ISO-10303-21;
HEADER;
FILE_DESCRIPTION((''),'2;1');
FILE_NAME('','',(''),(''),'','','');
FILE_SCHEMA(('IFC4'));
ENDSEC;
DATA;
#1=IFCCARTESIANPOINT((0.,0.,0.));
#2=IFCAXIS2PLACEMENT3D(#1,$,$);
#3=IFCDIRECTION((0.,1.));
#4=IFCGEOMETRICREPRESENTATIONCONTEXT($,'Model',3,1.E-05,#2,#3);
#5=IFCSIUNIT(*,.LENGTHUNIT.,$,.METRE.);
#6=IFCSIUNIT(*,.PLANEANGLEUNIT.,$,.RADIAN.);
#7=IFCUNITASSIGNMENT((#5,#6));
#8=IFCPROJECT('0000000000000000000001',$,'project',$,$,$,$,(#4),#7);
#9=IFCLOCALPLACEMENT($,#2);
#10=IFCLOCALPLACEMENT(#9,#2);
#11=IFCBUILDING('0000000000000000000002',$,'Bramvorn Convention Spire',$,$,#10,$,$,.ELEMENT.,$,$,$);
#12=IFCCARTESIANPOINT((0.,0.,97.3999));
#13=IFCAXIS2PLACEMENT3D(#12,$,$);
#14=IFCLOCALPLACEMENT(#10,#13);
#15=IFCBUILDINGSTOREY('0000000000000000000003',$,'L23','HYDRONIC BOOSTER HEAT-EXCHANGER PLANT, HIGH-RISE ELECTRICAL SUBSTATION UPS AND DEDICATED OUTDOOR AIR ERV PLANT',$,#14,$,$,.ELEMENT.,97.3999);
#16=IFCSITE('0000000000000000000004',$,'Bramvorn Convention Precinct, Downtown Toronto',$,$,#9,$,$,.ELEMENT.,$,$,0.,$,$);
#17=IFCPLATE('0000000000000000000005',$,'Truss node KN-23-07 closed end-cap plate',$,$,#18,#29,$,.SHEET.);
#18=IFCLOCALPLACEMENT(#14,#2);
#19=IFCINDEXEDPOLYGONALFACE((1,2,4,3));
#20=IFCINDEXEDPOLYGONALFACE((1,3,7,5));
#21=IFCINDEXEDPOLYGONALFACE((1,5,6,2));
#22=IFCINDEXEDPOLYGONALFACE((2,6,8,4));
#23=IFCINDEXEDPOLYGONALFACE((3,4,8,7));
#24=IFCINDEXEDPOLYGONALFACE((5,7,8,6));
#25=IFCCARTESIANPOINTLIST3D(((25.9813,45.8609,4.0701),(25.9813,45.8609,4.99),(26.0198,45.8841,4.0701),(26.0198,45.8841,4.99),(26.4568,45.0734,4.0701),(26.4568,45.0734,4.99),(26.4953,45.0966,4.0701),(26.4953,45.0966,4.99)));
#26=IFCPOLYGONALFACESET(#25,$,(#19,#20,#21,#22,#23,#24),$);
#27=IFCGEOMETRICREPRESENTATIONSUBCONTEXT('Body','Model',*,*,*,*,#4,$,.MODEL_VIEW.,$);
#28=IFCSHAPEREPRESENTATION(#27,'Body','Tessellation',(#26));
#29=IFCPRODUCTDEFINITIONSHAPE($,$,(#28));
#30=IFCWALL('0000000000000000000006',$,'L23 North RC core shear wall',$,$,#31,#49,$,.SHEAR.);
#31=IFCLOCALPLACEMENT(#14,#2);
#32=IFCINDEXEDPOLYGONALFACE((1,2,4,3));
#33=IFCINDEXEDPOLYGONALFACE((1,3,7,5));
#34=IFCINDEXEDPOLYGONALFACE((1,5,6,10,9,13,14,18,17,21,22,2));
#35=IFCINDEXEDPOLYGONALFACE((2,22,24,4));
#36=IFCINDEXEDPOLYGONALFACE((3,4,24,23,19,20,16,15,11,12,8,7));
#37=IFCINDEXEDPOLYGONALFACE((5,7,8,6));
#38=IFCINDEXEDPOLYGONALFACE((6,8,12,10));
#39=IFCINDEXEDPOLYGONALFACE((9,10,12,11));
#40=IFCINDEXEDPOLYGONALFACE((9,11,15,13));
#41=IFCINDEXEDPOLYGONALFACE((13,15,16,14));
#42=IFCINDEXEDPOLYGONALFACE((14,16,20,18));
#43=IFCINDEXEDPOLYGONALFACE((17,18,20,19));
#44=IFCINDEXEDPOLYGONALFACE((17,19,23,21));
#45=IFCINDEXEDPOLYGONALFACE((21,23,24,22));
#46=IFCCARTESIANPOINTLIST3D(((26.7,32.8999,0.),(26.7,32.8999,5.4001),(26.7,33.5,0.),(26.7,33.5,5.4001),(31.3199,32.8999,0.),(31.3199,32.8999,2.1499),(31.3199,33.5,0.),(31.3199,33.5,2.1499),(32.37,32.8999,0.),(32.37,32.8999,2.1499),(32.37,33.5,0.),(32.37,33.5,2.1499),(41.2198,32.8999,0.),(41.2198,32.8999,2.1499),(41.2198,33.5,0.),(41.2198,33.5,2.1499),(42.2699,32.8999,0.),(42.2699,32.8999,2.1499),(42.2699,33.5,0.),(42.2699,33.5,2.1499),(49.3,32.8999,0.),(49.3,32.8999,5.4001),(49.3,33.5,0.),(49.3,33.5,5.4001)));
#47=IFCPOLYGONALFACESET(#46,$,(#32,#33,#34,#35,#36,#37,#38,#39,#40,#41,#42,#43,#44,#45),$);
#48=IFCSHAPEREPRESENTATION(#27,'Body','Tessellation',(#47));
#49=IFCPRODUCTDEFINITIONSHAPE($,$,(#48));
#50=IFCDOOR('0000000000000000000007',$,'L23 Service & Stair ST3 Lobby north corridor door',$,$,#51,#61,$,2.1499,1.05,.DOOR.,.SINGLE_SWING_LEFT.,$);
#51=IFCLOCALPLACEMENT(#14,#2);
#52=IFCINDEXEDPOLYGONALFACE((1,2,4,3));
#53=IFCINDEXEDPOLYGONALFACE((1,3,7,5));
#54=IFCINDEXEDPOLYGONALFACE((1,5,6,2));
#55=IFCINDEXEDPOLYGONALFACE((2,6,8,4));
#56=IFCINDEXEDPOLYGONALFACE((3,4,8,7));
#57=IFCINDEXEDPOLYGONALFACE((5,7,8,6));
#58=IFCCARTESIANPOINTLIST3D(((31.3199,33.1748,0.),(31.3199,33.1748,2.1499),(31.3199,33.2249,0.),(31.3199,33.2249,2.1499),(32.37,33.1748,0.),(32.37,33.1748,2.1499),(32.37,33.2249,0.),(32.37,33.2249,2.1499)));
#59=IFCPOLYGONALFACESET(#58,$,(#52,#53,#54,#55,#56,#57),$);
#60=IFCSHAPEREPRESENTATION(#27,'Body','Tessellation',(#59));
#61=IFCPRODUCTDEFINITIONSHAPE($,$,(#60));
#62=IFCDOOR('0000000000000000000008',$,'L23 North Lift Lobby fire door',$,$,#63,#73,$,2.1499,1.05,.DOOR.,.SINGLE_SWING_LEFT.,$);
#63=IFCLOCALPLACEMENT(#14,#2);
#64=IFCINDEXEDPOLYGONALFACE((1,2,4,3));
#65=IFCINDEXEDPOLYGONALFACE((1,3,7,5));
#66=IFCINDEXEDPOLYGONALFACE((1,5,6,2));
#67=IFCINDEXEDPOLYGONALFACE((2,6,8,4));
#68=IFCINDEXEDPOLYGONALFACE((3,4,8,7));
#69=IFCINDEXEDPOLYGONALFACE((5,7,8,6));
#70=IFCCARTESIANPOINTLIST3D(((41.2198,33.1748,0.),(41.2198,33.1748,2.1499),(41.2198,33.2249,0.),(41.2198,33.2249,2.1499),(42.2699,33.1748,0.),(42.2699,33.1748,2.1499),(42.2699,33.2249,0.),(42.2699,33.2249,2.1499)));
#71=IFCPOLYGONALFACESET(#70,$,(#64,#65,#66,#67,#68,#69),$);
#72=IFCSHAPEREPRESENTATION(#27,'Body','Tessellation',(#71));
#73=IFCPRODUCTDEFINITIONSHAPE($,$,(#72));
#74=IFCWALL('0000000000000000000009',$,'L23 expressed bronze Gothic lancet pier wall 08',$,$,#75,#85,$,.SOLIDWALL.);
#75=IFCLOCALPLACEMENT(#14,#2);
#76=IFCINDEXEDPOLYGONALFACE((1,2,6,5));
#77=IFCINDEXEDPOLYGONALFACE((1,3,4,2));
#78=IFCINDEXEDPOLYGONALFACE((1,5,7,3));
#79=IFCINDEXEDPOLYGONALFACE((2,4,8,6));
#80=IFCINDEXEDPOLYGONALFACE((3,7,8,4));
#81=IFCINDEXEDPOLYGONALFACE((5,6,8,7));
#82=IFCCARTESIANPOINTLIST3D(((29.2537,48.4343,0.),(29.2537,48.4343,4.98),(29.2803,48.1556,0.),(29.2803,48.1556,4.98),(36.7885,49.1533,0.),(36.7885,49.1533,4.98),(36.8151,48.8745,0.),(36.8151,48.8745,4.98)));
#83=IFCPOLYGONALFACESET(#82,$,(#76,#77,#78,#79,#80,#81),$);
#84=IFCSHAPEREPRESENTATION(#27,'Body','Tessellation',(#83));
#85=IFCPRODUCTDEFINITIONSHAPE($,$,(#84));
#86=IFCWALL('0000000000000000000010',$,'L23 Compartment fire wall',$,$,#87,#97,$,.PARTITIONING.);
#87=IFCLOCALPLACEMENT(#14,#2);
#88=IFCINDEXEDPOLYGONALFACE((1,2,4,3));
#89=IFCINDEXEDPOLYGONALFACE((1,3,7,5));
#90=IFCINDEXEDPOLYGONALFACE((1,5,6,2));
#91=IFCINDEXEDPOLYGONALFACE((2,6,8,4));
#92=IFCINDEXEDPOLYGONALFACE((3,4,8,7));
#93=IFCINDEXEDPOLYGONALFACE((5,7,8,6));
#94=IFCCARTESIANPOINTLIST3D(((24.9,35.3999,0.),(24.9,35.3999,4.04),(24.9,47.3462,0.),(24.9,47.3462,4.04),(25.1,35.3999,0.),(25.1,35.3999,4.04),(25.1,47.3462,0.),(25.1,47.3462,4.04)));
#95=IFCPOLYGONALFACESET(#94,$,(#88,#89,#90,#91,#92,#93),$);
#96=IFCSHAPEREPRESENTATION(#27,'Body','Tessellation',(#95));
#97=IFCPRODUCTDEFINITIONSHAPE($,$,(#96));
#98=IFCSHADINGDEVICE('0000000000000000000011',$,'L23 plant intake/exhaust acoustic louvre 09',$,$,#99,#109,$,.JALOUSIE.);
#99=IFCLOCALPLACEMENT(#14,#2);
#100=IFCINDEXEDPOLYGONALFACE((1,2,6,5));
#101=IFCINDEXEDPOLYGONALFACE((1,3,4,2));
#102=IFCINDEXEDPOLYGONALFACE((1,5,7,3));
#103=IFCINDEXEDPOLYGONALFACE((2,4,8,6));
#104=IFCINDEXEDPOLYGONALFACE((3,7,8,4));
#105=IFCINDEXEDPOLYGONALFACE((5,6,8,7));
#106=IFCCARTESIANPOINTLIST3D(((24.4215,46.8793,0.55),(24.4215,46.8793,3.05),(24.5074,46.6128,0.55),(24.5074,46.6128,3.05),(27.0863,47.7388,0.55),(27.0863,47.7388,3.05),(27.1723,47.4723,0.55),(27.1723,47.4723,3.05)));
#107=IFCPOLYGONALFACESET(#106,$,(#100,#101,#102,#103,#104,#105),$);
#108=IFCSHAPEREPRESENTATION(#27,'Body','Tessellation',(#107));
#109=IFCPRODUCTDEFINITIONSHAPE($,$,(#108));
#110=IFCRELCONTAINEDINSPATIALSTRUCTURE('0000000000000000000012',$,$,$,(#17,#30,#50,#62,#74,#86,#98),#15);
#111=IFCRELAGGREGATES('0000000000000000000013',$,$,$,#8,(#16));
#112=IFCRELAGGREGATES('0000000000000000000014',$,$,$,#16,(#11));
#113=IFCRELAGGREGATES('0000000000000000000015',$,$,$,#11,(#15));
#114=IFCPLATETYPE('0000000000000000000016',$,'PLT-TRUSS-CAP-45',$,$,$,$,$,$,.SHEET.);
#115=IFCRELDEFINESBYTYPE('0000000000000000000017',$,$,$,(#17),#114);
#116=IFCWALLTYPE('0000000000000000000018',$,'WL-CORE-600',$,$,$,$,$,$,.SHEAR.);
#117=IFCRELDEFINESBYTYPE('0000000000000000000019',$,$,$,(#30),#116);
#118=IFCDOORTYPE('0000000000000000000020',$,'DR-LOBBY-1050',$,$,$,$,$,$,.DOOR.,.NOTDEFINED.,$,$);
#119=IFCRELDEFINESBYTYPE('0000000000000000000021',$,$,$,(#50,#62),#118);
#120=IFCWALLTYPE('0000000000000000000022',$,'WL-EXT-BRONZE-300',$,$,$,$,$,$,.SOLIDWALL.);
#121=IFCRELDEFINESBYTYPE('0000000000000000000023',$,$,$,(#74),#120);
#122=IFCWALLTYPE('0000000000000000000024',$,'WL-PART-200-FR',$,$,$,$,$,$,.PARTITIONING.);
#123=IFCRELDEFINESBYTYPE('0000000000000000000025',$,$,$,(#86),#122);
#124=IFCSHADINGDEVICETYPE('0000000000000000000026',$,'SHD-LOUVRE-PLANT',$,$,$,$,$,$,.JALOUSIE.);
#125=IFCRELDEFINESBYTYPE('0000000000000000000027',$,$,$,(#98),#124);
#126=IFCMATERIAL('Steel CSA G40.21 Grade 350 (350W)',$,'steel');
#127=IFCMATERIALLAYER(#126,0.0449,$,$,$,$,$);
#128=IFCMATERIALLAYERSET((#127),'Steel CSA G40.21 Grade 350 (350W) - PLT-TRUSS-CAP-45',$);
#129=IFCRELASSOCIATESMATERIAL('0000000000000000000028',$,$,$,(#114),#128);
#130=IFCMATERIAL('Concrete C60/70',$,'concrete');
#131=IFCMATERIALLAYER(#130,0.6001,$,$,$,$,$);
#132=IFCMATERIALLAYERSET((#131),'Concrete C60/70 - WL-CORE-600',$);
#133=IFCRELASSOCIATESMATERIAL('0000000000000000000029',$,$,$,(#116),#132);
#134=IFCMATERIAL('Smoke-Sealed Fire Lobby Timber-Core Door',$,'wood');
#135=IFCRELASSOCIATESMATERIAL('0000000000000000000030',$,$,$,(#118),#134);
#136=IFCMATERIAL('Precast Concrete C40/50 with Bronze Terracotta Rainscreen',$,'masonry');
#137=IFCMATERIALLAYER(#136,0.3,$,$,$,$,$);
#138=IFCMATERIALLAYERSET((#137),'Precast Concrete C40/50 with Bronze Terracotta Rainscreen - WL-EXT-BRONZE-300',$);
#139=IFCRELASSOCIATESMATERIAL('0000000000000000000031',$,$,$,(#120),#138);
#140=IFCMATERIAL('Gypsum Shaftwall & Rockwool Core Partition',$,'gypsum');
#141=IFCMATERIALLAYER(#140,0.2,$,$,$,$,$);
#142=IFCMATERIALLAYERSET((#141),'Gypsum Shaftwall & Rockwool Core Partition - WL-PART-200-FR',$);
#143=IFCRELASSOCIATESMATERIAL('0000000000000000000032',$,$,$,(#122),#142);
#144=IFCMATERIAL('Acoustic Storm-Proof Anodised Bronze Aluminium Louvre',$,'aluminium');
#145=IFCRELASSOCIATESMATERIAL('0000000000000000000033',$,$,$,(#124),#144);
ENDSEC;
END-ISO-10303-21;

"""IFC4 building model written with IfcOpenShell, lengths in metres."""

from ifc_helpers import new_model, si_unit, direction, frame, frame_2d, origin, origin_2d, place, context, subcontext, project, spatial, rectangle, extrude, material, layer, layer_set, type_object, element, fill, save


model = new_model("IFC4")

# Units and contexts
model_context = context("Model", 3, precision=1e-05, world=origin(), true_north=direction((0.0, 1.0)))
body_context = subcontext(model_context, "Body", "Model", "MODEL_VIEW")
ifc_project = project(units=[si_unit("LENGTHUNIT", "METRE"), si_unit("PLANEANGLEUNIT", "RADIAN")], contexts=[model_context])

# Site, building, storey
site_placement = place(None, origin())
site = spatial("IfcSite", under=ifc_project, at=site_placement, Name="Bramvorn Convention Precinct, Downtown Toronto", CompositionType="ELEMENT", RefElevation=0.0)
building_placement = place(site_placement, origin())
building = spatial("IfcBuilding", under=site, at=building_placement, Name="Bramvorn Convention Spire", CompositionType="ELEMENT")
storey_placement = place(building_placement, frame((0.0, 0.0, 97.3999)))
storey = spatial("IfcBuildingStorey", under=building, at=storey_placement, Name="L23", Description="HYDRONIC BOOSTER HEAT-EXCHANGER PLANT, HIGH-RISE ELECTRICAL SUBSTATION UPS AND DEDICATED OUTDOOR AIR ERV PLANT", CompositionType="ELEMENT", Elevation=97.3999)

# Shared definitions
ifc_material_1 = material(Name="Steel CSA G40.21 Grade 350 (350W)", Category="steel")

# Plate
ifc_layer_1 = layer(ifc_material_1, 0.0449)
ifc_layer_set_1 = layer_set([ifc_layer_1], Name="Steel CSA G40.21 Grade 350 (350W) - PLT-TRUSS-CAP-45")
plate_type_1 = type_object("IfcPlateType", Name="PLT-TRUSS-CAP-45", PredefinedType="SHEET", material=ifc_layer_set_1)
plate_1_placement = place(storey_placement, frame((26.2383, 45.4788, 4.0701), z_axis=(0.0, 0.0, 1.0), x_axis=(-0.516904, 0.856044, 0.0)))
element("IfcPlate", 1, at=plate_1_placement, inside=storey, type_object=plate_type_1, Name="Truss node KN-23-07 closed end-cap plate", PredefinedType="SHEET", context=body_context, shape_type="SweptSolid", body=[
    extrude(rectangle(XDim=0.9199, YDim=0.0449, at=origin_2d()), origin(), (0.0, 0.0, 1.0), 0.9199),
])

# Wall, openings, doors
ifc_material_2 = material(Name="Concrete C60/70", Category="concrete")
ifc_layer_2 = layer(ifc_material_2, 0.6001)
ifc_layer_set_2 = layer_set([ifc_layer_2], Name="Concrete C60/70 - WL-CORE-600")
wall_type_1 = type_object("IfcWallType", Name="WL-CORE-600", PredefinedType="SHEAR", material=ifc_layer_set_2)
wall_1_placement = place(storey_placement, frame((26.7, 33.2, 0.0), z_axis=(0.0, 0.0, 1.0), x_axis=(1.0, 0.0, 0.0)))
wall_1 = element("IfcWall", 2, at=wall_1_placement, inside=storey, type_object=wall_type_1, Name="L23 North RC core shear wall", PredefinedType="SHEAR", context=body_context, shape_type="SweptSolid", body=[
    extrude(rectangle(XDim=22.6001, YDim=0.6001, at=frame_2d((11.3, 0.0))), origin(), (0.0, 0.0, 1.0), 5.4001),
])
opening_1_placement = place(wall_1_placement, frame((4.6201, 0.0, 0.0)))
opening_1 = element("IfcOpeningElement", 3, at=opening_1_placement, cuts=wall_1, PredefinedType="OPENING", context=body_context, shape_type="SweptSolid", body=[
    extrude(rectangle(XDim=1.05, YDim=2.1499, at=frame_2d((0.5249, 1.075))), frame((0.0, 0.3101, 0.0), z_axis=(0.0, -1.0, 0.0), x_axis=(1.0, 0.0, 0.0)), (0.0, 0.0, 1.0), 0.6201),
])
opening_2_placement = place(wall_1_placement, frame((14.52, 0.0, 0.0)))
opening_2 = element("IfcOpeningElement", 4, at=opening_2_placement, cuts=wall_1, PredefinedType="OPENING", context=body_context, shape_type="SweptSolid", body=[
    extrude(rectangle(XDim=1.05, YDim=2.1499, at=frame_2d((0.5249, 1.075))), frame((0.0, 0.3101, 0.0), z_axis=(0.0, -1.0, 0.0), x_axis=(1.0, 0.0, 0.0)), (0.0, 0.0, 1.0), 0.6201),
])
ifc_material_3 = material(Name="Smoke-Sealed Fire Lobby Timber-Core Door", Category="wood")
door_type_1 = type_object("IfcDoorType", Name="DR-LOBBY-1050", OperationType="NOTDEFINED", PredefinedType="DOOR", material=ifc_material_3)
door_1_placement = place(opening_1_placement, origin())
door_1 = element("IfcDoor", 5, at=door_1_placement, inside=storey, type_object=door_type_1, Name="L23 Service & Stair ST3 Lobby north corridor door", OperationType="SINGLE_SWING_LEFT", OverallHeight=2.1499, OverallWidth=1.05, PredefinedType="DOOR", context=body_context, shape_type="SweptSolid", body=[
    extrude(rectangle(XDim=1.05, YDim=2.1499, at=frame_2d((0.5249, 1.075))), frame((0.0, 0.0249, 0.0), z_axis=(0.0, -1.0, 0.0), x_axis=(1.0, 0.0, 0.0)), (0.0, 0.0, 1.0), 0.05),
])
fill(opening_1, door_1)
door_2_placement = place(opening_2_placement, origin())
door_2 = element("IfcDoor", 6, at=door_2_placement, inside=storey, type_object=door_type_1, Name="L23 North Lift Lobby fire door", OperationType="SINGLE_SWING_LEFT", OverallHeight=2.1499, OverallWidth=1.05, PredefinedType="DOOR", context=body_context, shape_type="SweptSolid", body=[
    extrude(rectangle(XDim=1.05, YDim=2.1499, at=frame_2d((0.5249, 1.075))), frame((0.0, 0.0249, 0.0), z_axis=(0.0, -1.0, 0.0), x_axis=(1.0, 0.0, 0.0)), (0.0, 0.0, 1.0), 0.05),
])
fill(opening_2, door_2)

# Walls
ifc_material_4 = material(Name="Precast Concrete C40/50 with Bronze Terracotta Rainscreen", Category="masonry")
ifc_layer_3 = layer(ifc_material_4, 0.3)
ifc_layer_set_3 = layer_set([ifc_layer_3], Name="Precast Concrete C40/50 with Bronze Terracotta Rainscreen - WL-EXT-BRONZE-300")
wall_type_2 = type_object("IfcWallType", Name="WL-EXT-BRONZE-300", PredefinedType="SOLIDWALL", material=ifc_layer_set_3)
wall_2_placement = place(storey_placement, frame((29.2668, 48.2949, 0.0), z_axis=(0.0, 0.0, 1.0), x_axis=(0.995478, 0.09499, 0.0)))
element("IfcWall", 7, at=wall_2_placement, inside=storey, type_object=wall_type_2, Name="L23 expressed bronze Gothic lancet pier wall 08", PredefinedType="SOLIDWALL", context=body_context, shape_type="SweptSolid", body=[
    extrude(rectangle(XDim=7.5691, YDim=0.28, at=frame_2d((3.7847, 0.0))), origin(), (0.0, 0.0, 1.0), 4.98),
])
ifc_material_5 = material(Name="Gypsum Shaftwall & Rockwool Core Partition", Category="gypsum")
ifc_layer_4 = layer(ifc_material_5, 0.2)
ifc_layer_set_4 = layer_set([ifc_layer_4], Name="Gypsum Shaftwall & Rockwool Core Partition - WL-PART-200-FR")
wall_type_3 = type_object("IfcWallType", Name="WL-PART-200-FR", PredefinedType="PARTITIONING", material=ifc_layer_set_4)
wall_3_placement = place(storey_placement, frame((25.0, 35.3999, 0.0), z_axis=(0.0, 0.0, 1.0), x_axis=(0.0, 1.0, 0.0)))
element("IfcWall", 8, at=wall_3_placement, inside=storey, type_object=wall_type_3, Name="L23 Compartment fire wall", PredefinedType="PARTITIONING", context=body_context, shape_type="SweptSolid", body=[
    extrude(rectangle(XDim=11.9463, YDim=0.2, at=frame_2d((5.9731, 0.0))), origin(), (0.0, 0.0, 1.0), 4.04),
])

# Shading device
ifc_material_6 = material(Name="Acoustic Storm-Proof Anodised Bronze Aluminium Louvre", Category="aluminium")
shading_device_type = type_object("IfcShadingDeviceType", Name="SHD-LOUVRE-PLANT", PredefinedType="JALOUSIE", material=ifc_material_6)
shading_device_placement = place(storey_placement, frame((25.7969, 47.1758, 0.55), z_axis=(0.0, 0.0, 1.0), x_axis=(0.951726, 0.306947, 0.0)))
element("IfcShadingDevice", 9, at=shading_device_placement, inside=storey, type_object=shading_device_type, Name="L23 plant intake/exhaust acoustic louvre 09", PredefinedType="JALOUSIE", context=body_context, shape_type="SweptSolid", body=[
    extrude(rectangle(XDim=2.8, YDim=0.28, at=origin_2d()), origin(), (0.0, 0.0, 1.0), 2.5),
])

save(model, "model.ifc")
